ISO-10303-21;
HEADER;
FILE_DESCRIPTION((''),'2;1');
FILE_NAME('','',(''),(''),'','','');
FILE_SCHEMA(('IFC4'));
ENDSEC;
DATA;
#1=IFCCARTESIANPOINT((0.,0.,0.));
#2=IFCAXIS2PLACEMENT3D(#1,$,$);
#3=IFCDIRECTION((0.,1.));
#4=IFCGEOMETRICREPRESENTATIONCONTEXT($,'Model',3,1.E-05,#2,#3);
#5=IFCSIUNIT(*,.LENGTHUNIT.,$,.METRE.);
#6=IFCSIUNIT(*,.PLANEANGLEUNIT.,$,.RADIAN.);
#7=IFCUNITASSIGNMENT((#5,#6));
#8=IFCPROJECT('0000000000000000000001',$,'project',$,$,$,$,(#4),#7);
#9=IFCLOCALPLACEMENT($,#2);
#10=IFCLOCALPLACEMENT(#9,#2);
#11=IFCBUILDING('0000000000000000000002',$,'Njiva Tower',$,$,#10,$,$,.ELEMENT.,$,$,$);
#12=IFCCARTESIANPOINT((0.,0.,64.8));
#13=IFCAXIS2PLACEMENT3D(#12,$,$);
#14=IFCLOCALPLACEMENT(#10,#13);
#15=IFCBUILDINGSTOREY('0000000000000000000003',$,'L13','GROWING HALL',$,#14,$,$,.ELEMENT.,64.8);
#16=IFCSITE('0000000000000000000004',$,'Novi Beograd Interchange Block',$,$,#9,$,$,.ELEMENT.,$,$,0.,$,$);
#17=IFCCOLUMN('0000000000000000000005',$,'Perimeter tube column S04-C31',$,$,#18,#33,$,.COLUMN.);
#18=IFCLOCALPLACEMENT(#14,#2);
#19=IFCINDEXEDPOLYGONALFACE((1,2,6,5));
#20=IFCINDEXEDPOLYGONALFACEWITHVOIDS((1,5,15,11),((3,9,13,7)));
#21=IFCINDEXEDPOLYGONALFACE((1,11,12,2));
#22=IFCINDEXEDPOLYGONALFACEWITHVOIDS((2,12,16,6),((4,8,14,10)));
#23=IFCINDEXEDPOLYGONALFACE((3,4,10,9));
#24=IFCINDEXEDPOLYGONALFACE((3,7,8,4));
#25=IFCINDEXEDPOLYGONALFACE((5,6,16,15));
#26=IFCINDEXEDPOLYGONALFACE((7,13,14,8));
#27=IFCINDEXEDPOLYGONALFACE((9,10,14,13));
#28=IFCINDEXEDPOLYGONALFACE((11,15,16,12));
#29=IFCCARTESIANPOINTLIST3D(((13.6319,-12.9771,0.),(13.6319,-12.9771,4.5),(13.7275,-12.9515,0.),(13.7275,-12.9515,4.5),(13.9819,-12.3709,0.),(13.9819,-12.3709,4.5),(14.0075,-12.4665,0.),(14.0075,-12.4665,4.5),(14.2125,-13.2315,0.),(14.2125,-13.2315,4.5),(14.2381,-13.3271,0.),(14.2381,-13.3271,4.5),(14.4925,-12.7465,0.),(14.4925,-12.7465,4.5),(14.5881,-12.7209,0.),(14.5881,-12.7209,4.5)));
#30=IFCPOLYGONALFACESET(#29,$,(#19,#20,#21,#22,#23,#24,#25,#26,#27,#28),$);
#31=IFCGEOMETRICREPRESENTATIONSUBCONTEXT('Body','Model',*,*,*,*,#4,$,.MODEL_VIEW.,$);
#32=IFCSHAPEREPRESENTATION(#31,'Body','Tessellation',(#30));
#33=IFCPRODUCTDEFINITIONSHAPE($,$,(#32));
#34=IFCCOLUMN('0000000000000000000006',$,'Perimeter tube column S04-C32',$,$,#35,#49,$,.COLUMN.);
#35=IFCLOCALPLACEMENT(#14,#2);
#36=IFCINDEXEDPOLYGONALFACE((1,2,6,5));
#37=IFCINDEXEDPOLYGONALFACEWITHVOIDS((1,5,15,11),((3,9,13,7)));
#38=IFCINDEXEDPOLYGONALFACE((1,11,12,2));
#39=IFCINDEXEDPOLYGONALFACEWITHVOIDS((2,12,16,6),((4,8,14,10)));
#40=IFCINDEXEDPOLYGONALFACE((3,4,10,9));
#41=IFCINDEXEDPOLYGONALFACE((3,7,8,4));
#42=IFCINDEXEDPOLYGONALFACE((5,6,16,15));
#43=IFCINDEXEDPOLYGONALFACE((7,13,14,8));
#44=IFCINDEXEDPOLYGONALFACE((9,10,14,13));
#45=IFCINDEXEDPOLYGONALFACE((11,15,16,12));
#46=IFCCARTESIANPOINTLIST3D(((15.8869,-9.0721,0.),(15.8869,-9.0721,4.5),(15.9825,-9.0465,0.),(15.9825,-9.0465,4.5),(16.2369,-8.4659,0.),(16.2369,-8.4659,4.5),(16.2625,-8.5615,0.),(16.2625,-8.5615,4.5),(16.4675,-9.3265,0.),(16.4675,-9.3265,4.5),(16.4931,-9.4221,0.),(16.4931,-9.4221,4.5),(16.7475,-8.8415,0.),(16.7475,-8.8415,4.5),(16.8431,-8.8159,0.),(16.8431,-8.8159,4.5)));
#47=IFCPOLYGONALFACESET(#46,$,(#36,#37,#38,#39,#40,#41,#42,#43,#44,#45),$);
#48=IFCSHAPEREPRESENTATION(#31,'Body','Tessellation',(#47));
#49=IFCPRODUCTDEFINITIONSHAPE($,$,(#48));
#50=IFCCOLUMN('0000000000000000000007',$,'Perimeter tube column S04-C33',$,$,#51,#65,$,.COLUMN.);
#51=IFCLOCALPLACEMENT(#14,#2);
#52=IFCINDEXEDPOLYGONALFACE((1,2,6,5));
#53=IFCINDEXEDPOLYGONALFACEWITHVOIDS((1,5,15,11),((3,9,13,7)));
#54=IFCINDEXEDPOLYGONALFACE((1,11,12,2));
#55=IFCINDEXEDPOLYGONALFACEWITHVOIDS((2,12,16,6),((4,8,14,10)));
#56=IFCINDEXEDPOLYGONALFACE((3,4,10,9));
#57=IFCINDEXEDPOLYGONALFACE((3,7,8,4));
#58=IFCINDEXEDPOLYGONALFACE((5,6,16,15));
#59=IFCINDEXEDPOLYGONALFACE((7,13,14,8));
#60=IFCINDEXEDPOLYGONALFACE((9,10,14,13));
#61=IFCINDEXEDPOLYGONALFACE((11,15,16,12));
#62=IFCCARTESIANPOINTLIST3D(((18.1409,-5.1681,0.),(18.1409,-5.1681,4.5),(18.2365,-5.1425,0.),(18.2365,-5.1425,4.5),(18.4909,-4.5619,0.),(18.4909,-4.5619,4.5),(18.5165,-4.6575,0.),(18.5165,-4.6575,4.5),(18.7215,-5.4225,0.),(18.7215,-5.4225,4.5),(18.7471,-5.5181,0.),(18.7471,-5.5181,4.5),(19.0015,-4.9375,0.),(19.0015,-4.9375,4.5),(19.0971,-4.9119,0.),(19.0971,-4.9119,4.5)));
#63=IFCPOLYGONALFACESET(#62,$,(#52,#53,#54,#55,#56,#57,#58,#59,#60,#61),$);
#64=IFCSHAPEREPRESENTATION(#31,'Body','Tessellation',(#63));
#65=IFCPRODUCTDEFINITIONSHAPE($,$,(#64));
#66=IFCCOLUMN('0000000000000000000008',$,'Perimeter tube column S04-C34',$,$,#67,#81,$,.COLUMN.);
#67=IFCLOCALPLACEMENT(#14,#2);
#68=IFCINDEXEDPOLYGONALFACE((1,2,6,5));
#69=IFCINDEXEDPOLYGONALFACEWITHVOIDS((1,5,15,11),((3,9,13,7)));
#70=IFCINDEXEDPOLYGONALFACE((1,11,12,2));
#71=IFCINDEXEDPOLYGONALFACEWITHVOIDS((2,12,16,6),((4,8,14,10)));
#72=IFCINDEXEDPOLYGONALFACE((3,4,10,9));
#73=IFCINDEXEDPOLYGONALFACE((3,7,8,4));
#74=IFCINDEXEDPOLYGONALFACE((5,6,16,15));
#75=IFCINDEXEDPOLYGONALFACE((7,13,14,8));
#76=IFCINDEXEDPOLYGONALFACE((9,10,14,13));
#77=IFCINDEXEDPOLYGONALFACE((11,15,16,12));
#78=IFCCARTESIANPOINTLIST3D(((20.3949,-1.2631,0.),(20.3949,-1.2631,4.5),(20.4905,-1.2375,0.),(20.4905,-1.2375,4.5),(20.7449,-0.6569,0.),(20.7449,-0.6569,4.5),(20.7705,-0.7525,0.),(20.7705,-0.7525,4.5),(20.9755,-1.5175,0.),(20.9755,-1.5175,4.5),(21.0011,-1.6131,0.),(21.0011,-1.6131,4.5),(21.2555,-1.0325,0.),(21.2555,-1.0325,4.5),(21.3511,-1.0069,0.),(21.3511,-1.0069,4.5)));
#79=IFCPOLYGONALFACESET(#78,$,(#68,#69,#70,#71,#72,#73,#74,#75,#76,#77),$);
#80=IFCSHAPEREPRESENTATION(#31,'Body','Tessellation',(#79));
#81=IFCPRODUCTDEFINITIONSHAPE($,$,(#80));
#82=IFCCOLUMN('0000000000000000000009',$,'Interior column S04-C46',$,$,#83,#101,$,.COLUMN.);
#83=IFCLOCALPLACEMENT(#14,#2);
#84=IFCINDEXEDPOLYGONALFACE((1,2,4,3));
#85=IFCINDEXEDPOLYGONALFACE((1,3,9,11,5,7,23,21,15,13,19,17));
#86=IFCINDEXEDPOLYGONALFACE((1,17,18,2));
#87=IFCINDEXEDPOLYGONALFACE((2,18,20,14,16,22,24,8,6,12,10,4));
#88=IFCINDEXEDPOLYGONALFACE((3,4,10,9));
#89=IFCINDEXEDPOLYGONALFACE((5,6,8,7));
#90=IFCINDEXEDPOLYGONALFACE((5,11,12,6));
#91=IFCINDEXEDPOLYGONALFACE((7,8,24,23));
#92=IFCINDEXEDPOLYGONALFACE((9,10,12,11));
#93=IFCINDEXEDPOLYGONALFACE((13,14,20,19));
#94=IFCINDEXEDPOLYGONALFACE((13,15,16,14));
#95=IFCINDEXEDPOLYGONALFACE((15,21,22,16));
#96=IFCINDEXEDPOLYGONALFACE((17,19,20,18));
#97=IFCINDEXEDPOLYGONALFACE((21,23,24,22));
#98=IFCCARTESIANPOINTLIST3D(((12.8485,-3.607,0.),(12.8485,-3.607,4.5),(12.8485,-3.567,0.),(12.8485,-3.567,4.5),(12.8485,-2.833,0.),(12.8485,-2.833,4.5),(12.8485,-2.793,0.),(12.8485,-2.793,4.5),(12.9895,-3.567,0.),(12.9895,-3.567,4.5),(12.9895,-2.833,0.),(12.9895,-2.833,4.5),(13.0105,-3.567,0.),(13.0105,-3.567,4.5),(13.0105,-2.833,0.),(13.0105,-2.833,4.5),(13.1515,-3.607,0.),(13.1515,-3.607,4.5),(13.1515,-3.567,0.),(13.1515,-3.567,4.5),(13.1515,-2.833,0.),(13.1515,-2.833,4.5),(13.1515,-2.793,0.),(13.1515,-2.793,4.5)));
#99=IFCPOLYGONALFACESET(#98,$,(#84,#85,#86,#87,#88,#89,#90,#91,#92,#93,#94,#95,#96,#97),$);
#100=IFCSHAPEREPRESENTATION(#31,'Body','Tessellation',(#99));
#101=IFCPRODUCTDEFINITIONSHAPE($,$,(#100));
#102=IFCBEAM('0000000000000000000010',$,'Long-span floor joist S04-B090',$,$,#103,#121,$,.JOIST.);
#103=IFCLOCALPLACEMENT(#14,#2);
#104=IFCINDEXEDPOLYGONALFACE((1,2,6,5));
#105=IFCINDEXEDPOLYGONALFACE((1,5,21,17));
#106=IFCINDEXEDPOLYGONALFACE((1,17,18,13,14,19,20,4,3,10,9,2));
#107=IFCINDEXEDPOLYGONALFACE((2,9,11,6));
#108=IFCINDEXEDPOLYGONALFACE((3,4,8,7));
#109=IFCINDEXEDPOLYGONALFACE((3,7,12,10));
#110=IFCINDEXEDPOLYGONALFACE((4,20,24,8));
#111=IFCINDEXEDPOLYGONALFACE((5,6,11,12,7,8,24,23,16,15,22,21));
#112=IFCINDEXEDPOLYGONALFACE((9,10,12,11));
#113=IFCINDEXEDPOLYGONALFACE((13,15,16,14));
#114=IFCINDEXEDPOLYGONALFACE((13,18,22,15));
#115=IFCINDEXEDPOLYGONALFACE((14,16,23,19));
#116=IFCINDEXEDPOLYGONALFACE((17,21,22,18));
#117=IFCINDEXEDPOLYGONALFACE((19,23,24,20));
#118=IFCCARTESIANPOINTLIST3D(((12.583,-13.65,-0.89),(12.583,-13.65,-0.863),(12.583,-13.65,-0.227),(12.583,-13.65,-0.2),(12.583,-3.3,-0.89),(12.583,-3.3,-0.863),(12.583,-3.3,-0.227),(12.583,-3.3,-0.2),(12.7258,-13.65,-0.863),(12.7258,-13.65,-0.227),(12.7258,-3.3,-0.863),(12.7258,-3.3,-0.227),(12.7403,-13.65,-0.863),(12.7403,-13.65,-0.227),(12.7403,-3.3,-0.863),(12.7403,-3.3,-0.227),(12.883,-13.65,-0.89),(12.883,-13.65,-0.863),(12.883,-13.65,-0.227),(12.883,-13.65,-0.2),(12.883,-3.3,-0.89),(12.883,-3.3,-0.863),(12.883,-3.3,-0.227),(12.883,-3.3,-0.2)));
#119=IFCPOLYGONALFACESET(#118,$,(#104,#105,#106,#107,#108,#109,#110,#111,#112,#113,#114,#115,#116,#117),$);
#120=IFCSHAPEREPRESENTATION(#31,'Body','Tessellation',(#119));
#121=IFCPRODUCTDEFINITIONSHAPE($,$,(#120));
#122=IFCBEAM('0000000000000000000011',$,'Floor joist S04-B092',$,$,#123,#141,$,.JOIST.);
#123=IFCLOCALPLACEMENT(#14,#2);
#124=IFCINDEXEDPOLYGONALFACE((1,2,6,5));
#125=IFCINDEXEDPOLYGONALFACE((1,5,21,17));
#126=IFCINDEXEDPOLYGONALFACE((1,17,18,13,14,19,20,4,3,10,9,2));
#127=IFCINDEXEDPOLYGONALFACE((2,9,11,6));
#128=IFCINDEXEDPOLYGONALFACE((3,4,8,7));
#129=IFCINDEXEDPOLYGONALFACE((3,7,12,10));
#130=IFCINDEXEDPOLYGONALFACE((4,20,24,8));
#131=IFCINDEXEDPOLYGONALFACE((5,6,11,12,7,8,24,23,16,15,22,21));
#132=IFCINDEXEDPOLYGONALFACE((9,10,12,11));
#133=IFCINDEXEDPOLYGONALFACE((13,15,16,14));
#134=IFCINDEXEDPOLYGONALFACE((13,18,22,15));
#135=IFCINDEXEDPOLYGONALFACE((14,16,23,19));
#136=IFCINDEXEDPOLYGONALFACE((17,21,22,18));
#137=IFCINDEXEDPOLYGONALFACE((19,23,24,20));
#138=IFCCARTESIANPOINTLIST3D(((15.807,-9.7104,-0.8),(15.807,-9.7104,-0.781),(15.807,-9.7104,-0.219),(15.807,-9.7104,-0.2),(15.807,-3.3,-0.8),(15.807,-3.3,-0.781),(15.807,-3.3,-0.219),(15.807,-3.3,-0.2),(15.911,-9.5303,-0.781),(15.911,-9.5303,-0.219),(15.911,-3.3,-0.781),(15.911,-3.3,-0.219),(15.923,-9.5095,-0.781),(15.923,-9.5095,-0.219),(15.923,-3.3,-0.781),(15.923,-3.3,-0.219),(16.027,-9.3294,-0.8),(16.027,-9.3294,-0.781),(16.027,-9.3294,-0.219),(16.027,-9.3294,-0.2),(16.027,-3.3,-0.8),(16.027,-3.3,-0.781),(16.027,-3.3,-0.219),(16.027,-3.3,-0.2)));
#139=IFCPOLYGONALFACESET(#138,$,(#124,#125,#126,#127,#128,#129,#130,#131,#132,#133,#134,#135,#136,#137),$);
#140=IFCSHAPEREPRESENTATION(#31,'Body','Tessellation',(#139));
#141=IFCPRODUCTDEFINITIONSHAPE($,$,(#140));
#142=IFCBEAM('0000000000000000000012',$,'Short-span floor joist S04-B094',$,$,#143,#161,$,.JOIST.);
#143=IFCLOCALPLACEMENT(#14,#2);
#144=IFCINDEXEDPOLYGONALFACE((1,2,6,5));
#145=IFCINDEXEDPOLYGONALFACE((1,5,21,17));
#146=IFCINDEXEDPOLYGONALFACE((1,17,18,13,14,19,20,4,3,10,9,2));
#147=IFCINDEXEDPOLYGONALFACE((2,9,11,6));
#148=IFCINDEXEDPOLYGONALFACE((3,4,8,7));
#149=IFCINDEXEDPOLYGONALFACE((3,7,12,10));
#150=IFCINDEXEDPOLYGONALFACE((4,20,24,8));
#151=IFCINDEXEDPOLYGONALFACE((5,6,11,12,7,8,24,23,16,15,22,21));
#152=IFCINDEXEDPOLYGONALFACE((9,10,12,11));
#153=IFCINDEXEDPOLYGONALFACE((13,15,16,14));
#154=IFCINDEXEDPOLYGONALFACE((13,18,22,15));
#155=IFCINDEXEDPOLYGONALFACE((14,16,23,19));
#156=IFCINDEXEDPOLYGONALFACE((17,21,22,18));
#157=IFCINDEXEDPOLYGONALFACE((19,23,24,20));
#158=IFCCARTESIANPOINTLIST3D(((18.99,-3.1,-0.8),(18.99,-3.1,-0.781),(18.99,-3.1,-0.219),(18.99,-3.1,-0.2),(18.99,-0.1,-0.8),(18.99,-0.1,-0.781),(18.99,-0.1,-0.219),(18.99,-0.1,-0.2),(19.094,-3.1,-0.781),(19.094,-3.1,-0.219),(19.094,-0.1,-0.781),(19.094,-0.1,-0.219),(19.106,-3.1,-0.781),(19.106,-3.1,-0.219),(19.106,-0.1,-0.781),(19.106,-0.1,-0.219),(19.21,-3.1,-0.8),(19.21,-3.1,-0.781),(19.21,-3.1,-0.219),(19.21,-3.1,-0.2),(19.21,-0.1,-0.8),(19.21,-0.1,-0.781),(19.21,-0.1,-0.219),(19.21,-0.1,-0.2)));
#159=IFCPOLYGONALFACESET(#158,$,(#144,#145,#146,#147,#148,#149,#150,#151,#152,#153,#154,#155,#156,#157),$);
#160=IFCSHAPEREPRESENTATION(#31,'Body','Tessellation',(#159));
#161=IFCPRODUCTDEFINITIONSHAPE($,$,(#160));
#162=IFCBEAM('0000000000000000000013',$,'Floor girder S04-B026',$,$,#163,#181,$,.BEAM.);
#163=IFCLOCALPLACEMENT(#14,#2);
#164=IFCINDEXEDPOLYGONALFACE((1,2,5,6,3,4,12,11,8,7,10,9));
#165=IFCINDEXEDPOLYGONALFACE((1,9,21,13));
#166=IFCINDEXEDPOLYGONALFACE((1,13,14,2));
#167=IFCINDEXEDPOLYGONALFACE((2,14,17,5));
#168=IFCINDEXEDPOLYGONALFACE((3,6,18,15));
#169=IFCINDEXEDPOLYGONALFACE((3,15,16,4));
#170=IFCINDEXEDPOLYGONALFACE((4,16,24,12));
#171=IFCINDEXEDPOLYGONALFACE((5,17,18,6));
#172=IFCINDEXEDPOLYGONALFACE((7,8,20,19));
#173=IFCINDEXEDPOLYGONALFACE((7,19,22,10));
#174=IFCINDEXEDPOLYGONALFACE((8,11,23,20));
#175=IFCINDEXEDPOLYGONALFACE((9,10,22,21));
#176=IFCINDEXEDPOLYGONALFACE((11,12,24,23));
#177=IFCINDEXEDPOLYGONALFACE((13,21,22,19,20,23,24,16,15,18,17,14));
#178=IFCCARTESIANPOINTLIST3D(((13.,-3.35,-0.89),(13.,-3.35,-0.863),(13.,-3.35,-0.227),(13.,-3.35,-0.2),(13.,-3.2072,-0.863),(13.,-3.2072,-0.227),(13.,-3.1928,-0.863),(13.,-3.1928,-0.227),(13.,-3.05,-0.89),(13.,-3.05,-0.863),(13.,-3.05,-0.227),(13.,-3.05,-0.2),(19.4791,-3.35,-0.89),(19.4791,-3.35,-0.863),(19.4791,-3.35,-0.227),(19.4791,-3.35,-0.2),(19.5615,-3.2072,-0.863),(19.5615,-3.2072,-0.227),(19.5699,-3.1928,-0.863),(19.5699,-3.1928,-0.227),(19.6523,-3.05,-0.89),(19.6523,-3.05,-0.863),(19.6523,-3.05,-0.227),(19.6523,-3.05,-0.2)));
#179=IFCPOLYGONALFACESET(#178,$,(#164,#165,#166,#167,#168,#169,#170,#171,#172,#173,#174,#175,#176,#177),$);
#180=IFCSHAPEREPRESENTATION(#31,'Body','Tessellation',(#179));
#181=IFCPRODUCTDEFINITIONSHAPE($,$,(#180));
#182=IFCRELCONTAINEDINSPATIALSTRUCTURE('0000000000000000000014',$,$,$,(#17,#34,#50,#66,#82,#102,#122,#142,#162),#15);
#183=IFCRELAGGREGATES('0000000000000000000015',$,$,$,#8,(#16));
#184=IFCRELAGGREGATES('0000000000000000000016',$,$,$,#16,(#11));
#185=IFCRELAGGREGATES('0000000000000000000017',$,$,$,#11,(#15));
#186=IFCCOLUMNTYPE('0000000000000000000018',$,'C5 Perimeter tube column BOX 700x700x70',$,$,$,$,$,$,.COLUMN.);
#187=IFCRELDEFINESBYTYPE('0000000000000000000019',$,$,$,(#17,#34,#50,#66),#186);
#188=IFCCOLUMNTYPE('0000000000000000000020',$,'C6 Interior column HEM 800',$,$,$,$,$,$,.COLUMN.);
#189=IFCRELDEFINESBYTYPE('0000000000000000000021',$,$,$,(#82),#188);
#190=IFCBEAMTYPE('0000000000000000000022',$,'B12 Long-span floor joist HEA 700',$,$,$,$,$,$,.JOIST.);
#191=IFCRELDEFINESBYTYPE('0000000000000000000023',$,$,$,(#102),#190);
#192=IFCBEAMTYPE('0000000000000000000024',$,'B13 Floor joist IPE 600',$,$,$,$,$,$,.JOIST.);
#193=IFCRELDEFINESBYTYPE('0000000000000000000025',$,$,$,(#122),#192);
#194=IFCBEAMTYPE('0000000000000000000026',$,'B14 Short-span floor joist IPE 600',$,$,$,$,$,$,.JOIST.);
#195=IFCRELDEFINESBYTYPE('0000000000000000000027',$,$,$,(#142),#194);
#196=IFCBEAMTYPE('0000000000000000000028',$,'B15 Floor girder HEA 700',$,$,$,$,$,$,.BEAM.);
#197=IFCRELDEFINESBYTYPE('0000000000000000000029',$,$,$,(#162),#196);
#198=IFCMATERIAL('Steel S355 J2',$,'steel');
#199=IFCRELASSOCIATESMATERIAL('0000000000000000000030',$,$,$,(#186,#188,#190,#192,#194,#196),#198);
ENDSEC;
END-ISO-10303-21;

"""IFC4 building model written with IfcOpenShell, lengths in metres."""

from ifc_helpers import new_model, si_unit, direction, frame, origin, origin_2d, place, context, subcontext, project, spatial, hollow_rectangle, i_section, extrude, clip, halfspace, material, material_profile, profile_set, type_object, element, save


model = new_model("IFC4")

# Units and contexts
model_context = context("Model", 3, precision=1e-05, world=origin(), true_north=direction((0.0, 1.0)))
body_context = subcontext(model_context, "Body", "Model", "MODEL_VIEW")
ifc_project = project(units=[si_unit("LENGTHUNIT", "METRE"), si_unit("PLANEANGLEUNIT", "RADIAN")], contexts=[model_context])

# Site, building, storey
site_placement = place(None, origin())
site = spatial("IfcSite", under=ifc_project, at=site_placement, Name="Novi Beograd Interchange Block", CompositionType="ELEMENT", RefElevation=0.0)
building_placement = place(site_placement, origin())
building = spatial("IfcBuilding", under=site, at=building_placement, Name="Njiva Tower", CompositionType="ELEMENT")
storey_placement = place(building_placement, frame((0.0, 0.0, 64.8)))
storey = spatial("IfcBuildingStorey", under=building, at=storey_placement, Name="L13", Description="GROWING HALL", CompositionType="ELEMENT", Elevation=64.8)

# Columns
ifc_material_1 = material(Name="Steel S355 J2", Category="steel")
ifc_material_profile_1 = material_profile(ifc_material_1, hollow_rectangle(XDim=0.7, YDim=0.7, WallThickness=0.07, at=origin_2d()), Name="BOX 700x700x70")
ifc_profile_set_1 = profile_set([ifc_material_profile_1], Name="Steel S355 J2")
column_type_1 = type_object("IfcColumnType", Name="C5 Perimeter tube column BOX 700x700x70", PredefinedType="COLUMN", material=ifc_profile_set_1)
for number, where, z_axis, x_axis, name in (
    (1, (14.11, -12.849, 0.0), (0.0, 0.0, 1.0), (0.5, 0.866025, 0.0), "Perimeter tube column S04-C31"),
    (2, (16.365, -8.944, 0.0), (0.0, 0.0, 1.0), (0.5, 0.866025, 0.0), "Perimeter tube column S04-C32"),
    (3, (18.619, -5.04, 0.0), (0.0, 0.0, 1.0), (0.5, 0.866025, 0.0), "Perimeter tube column S04-C33"),
    (4, (20.873, -1.135, 0.0), (0.0, 0.0, 1.0), (0.5, 0.866025, 0.0), "Perimeter tube column S04-C34"),
):
    element("IfcColumn", number, at=place(storey_placement, frame(where, z_axis=z_axis, x_axis=x_axis)), inside=storey, type_object=column_type_1, Name=name, PredefinedType="COLUMN", context=body_context, shape_type="SweptSolid", body=[
        extrude(hollow_rectangle(XDim=0.7, YDim=0.7, WallThickness=0.07, at=origin_2d()), origin(), (0.0, 0.0, 1.0), 4.5),
    ])
ifc_material_profile_2 = material_profile(ifc_material_1, i_section(OverallWidth=0.303, OverallDepth=0.814, WebThickness=0.021, FlangeThickness=0.04, at=origin_2d()), Name="HEM 800")
ifc_profile_set_2 = profile_set([ifc_material_profile_2], Name="Steel S355 J2")
column_type_2 = type_object("IfcColumnType", Name="C6 Interior column HEM 800", PredefinedType="COLUMN", material=ifc_profile_set_2)
column_placement = place(storey_placement, frame((13.0, -3.2, 0.0), z_axis=(0.0, 0.0, 1.0), x_axis=(1.0, 0.0, 0.0)))
element("IfcColumn", 5, at=column_placement, inside=storey, type_object=column_type_2, Name="Interior column S04-C46", PredefinedType="COLUMN", context=body_context, shape_type="SweptSolid", body=[
    extrude(i_section(OverallWidth=0.303, OverallDepth=0.814, WebThickness=0.021, FlangeThickness=0.04, at=origin_2d()), origin(), (0.0, 0.0, 1.0), 4.5),
])

# Beams
ifc_material_profile_3 = material_profile(ifc_material_1, i_section(OverallWidth=0.3, OverallDepth=0.69, WebThickness=0.0145, FlangeThickness=0.027, at=origin_2d()), Name="HEA 700")
ifc_profile_set_3 = profile_set([ifc_material_profile_3], Name="Steel S355 J2")
beam_type_1 = type_object("IfcBeamType", Name="B12 Long-span floor joist HEA 700", PredefinedType="JOIST", material=ifc_profile_set_3)
beam_1_placement = place(storey_placement, frame((12.733, -3.3, -0.545), z_axis=(0.0, -1.0, 0.0), x_axis=(1.0, 0.0, 0.0)))
element("IfcBeam", 6, at=beam_1_placement, inside=storey, type_object=beam_type_1, Name="Long-span floor joist S04-B090", PredefinedType="JOIST", context=body_context, shape_type="SweptSolid", body=[
    extrude(i_section(OverallWidth=0.3, OverallDepth=0.69, WebThickness=0.0145, FlangeThickness=0.027, at=origin_2d()), origin(), (0.0, 0.0, 1.0), 10.35),
])
ifc_material_profile_4 = material_profile(ifc_material_1, i_section(OverallWidth=0.22, OverallDepth=0.6, WebThickness=0.012, FlangeThickness=0.019, at=origin_2d()), Name="IPE 600")
ifc_profile_set_4 = profile_set([ifc_material_profile_4], Name="Steel S355 J2")
beam_type_2 = type_object("IfcBeamType", Name="B13 Floor joist IPE 600", PredefinedType="JOIST", material=ifc_profile_set_4)
beam_2_placement = place(storey_placement, frame((15.917, -3.3, -0.5), z_axis=(0.0, -1.0, 0.0), x_axis=(1.0, 0.0, 0.0)))
element("IfcBeam", 7, at=beam_2_placement, inside=storey, type_object=beam_type_2, Name="Floor joist S04-B092", PredefinedType="JOIST", context=body_context, shape_type="Clipping", body=[
    clip(extrude(i_section(OverallWidth=0.22, OverallDepth=0.6, WebThickness=0.012, FlangeThickness=0.019, at=origin_2d()), origin(), (0.0, 0.0, 1.0), 6.431), halfspace(frame((0.043, 0.0, 6.1454), z_axis=(0.866027, 0.0, 0.499998), x_axis=(0.0, 1.0, 0.0)), False)),
])
ifc_material_profile_5 = material_profile(ifc_material_1, i_section(OverallWidth=0.22, OverallDepth=0.6, WebThickness=0.012, FlangeThickness=0.019, at=origin_2d()), Name="IPE 600")
ifc_profile_set_5 = profile_set([ifc_material_profile_5], Name="Steel S355 J2")
beam_type_3 = type_object("IfcBeamType", Name="B14 Short-span floor joist IPE 600", PredefinedType="JOIST", material=ifc_profile_set_5)
beam_3_placement = place(storey_placement, frame((19.1, -0.1, -0.5), z_axis=(0.0, -1.0, 0.0), x_axis=(1.0, 0.0, 0.0)))
element("IfcBeam", 8, at=beam_3_placement, inside=storey, type_object=beam_type_3, Name="Short-span floor joist S04-B094", PredefinedType="JOIST", context=body_context, shape_type="SweptSolid", body=[
    extrude(i_section(OverallWidth=0.22, OverallDepth=0.6, WebThickness=0.012, FlangeThickness=0.019, at=origin_2d()), origin(), (0.0, 0.0, 1.0), 3.0),
])
ifc_material_profile_6 = material_profile(ifc_material_1, i_section(OverallWidth=0.3, OverallDepth=0.69, WebThickness=0.0145, FlangeThickness=0.027, at=origin_2d()), Name="HEA 700")
ifc_profile_set_6 = profile_set([ifc_material_profile_6], Name="Steel S355 J2")
beam_type_4 = type_object("IfcBeamType", Name="B15 Floor girder HEA 700", PredefinedType="BEAM", material=ifc_profile_set_6)
beam_4_placement = place(storey_placement, frame((13.0, -3.2, -0.545), z_axis=(1.0, 0.0, 0.0), x_axis=(0.0, 1.0, 0.0)))
element("IfcBeam", 9, at=beam_4_placement, inside=storey, type_object=beam_type_4, Name="Floor girder S04-B026", PredefinedType="BEAM", context=body_context, shape_type="Clipping", body=[
    clip(extrude(i_section(OverallWidth=0.3, OverallDepth=0.69, WebThickness=0.0145, FlangeThickness=0.027, at=origin_2d()), origin(), (0.0, 0.0, 1.0), 6.673), halfspace(frame((-0.025, 0.0, 6.5513), z_axis=(-0.499998, 0.0, 0.866027), x_axis=(0.0, 1.0, 0.0)), False)),
])

save(model, "model.ifc")
